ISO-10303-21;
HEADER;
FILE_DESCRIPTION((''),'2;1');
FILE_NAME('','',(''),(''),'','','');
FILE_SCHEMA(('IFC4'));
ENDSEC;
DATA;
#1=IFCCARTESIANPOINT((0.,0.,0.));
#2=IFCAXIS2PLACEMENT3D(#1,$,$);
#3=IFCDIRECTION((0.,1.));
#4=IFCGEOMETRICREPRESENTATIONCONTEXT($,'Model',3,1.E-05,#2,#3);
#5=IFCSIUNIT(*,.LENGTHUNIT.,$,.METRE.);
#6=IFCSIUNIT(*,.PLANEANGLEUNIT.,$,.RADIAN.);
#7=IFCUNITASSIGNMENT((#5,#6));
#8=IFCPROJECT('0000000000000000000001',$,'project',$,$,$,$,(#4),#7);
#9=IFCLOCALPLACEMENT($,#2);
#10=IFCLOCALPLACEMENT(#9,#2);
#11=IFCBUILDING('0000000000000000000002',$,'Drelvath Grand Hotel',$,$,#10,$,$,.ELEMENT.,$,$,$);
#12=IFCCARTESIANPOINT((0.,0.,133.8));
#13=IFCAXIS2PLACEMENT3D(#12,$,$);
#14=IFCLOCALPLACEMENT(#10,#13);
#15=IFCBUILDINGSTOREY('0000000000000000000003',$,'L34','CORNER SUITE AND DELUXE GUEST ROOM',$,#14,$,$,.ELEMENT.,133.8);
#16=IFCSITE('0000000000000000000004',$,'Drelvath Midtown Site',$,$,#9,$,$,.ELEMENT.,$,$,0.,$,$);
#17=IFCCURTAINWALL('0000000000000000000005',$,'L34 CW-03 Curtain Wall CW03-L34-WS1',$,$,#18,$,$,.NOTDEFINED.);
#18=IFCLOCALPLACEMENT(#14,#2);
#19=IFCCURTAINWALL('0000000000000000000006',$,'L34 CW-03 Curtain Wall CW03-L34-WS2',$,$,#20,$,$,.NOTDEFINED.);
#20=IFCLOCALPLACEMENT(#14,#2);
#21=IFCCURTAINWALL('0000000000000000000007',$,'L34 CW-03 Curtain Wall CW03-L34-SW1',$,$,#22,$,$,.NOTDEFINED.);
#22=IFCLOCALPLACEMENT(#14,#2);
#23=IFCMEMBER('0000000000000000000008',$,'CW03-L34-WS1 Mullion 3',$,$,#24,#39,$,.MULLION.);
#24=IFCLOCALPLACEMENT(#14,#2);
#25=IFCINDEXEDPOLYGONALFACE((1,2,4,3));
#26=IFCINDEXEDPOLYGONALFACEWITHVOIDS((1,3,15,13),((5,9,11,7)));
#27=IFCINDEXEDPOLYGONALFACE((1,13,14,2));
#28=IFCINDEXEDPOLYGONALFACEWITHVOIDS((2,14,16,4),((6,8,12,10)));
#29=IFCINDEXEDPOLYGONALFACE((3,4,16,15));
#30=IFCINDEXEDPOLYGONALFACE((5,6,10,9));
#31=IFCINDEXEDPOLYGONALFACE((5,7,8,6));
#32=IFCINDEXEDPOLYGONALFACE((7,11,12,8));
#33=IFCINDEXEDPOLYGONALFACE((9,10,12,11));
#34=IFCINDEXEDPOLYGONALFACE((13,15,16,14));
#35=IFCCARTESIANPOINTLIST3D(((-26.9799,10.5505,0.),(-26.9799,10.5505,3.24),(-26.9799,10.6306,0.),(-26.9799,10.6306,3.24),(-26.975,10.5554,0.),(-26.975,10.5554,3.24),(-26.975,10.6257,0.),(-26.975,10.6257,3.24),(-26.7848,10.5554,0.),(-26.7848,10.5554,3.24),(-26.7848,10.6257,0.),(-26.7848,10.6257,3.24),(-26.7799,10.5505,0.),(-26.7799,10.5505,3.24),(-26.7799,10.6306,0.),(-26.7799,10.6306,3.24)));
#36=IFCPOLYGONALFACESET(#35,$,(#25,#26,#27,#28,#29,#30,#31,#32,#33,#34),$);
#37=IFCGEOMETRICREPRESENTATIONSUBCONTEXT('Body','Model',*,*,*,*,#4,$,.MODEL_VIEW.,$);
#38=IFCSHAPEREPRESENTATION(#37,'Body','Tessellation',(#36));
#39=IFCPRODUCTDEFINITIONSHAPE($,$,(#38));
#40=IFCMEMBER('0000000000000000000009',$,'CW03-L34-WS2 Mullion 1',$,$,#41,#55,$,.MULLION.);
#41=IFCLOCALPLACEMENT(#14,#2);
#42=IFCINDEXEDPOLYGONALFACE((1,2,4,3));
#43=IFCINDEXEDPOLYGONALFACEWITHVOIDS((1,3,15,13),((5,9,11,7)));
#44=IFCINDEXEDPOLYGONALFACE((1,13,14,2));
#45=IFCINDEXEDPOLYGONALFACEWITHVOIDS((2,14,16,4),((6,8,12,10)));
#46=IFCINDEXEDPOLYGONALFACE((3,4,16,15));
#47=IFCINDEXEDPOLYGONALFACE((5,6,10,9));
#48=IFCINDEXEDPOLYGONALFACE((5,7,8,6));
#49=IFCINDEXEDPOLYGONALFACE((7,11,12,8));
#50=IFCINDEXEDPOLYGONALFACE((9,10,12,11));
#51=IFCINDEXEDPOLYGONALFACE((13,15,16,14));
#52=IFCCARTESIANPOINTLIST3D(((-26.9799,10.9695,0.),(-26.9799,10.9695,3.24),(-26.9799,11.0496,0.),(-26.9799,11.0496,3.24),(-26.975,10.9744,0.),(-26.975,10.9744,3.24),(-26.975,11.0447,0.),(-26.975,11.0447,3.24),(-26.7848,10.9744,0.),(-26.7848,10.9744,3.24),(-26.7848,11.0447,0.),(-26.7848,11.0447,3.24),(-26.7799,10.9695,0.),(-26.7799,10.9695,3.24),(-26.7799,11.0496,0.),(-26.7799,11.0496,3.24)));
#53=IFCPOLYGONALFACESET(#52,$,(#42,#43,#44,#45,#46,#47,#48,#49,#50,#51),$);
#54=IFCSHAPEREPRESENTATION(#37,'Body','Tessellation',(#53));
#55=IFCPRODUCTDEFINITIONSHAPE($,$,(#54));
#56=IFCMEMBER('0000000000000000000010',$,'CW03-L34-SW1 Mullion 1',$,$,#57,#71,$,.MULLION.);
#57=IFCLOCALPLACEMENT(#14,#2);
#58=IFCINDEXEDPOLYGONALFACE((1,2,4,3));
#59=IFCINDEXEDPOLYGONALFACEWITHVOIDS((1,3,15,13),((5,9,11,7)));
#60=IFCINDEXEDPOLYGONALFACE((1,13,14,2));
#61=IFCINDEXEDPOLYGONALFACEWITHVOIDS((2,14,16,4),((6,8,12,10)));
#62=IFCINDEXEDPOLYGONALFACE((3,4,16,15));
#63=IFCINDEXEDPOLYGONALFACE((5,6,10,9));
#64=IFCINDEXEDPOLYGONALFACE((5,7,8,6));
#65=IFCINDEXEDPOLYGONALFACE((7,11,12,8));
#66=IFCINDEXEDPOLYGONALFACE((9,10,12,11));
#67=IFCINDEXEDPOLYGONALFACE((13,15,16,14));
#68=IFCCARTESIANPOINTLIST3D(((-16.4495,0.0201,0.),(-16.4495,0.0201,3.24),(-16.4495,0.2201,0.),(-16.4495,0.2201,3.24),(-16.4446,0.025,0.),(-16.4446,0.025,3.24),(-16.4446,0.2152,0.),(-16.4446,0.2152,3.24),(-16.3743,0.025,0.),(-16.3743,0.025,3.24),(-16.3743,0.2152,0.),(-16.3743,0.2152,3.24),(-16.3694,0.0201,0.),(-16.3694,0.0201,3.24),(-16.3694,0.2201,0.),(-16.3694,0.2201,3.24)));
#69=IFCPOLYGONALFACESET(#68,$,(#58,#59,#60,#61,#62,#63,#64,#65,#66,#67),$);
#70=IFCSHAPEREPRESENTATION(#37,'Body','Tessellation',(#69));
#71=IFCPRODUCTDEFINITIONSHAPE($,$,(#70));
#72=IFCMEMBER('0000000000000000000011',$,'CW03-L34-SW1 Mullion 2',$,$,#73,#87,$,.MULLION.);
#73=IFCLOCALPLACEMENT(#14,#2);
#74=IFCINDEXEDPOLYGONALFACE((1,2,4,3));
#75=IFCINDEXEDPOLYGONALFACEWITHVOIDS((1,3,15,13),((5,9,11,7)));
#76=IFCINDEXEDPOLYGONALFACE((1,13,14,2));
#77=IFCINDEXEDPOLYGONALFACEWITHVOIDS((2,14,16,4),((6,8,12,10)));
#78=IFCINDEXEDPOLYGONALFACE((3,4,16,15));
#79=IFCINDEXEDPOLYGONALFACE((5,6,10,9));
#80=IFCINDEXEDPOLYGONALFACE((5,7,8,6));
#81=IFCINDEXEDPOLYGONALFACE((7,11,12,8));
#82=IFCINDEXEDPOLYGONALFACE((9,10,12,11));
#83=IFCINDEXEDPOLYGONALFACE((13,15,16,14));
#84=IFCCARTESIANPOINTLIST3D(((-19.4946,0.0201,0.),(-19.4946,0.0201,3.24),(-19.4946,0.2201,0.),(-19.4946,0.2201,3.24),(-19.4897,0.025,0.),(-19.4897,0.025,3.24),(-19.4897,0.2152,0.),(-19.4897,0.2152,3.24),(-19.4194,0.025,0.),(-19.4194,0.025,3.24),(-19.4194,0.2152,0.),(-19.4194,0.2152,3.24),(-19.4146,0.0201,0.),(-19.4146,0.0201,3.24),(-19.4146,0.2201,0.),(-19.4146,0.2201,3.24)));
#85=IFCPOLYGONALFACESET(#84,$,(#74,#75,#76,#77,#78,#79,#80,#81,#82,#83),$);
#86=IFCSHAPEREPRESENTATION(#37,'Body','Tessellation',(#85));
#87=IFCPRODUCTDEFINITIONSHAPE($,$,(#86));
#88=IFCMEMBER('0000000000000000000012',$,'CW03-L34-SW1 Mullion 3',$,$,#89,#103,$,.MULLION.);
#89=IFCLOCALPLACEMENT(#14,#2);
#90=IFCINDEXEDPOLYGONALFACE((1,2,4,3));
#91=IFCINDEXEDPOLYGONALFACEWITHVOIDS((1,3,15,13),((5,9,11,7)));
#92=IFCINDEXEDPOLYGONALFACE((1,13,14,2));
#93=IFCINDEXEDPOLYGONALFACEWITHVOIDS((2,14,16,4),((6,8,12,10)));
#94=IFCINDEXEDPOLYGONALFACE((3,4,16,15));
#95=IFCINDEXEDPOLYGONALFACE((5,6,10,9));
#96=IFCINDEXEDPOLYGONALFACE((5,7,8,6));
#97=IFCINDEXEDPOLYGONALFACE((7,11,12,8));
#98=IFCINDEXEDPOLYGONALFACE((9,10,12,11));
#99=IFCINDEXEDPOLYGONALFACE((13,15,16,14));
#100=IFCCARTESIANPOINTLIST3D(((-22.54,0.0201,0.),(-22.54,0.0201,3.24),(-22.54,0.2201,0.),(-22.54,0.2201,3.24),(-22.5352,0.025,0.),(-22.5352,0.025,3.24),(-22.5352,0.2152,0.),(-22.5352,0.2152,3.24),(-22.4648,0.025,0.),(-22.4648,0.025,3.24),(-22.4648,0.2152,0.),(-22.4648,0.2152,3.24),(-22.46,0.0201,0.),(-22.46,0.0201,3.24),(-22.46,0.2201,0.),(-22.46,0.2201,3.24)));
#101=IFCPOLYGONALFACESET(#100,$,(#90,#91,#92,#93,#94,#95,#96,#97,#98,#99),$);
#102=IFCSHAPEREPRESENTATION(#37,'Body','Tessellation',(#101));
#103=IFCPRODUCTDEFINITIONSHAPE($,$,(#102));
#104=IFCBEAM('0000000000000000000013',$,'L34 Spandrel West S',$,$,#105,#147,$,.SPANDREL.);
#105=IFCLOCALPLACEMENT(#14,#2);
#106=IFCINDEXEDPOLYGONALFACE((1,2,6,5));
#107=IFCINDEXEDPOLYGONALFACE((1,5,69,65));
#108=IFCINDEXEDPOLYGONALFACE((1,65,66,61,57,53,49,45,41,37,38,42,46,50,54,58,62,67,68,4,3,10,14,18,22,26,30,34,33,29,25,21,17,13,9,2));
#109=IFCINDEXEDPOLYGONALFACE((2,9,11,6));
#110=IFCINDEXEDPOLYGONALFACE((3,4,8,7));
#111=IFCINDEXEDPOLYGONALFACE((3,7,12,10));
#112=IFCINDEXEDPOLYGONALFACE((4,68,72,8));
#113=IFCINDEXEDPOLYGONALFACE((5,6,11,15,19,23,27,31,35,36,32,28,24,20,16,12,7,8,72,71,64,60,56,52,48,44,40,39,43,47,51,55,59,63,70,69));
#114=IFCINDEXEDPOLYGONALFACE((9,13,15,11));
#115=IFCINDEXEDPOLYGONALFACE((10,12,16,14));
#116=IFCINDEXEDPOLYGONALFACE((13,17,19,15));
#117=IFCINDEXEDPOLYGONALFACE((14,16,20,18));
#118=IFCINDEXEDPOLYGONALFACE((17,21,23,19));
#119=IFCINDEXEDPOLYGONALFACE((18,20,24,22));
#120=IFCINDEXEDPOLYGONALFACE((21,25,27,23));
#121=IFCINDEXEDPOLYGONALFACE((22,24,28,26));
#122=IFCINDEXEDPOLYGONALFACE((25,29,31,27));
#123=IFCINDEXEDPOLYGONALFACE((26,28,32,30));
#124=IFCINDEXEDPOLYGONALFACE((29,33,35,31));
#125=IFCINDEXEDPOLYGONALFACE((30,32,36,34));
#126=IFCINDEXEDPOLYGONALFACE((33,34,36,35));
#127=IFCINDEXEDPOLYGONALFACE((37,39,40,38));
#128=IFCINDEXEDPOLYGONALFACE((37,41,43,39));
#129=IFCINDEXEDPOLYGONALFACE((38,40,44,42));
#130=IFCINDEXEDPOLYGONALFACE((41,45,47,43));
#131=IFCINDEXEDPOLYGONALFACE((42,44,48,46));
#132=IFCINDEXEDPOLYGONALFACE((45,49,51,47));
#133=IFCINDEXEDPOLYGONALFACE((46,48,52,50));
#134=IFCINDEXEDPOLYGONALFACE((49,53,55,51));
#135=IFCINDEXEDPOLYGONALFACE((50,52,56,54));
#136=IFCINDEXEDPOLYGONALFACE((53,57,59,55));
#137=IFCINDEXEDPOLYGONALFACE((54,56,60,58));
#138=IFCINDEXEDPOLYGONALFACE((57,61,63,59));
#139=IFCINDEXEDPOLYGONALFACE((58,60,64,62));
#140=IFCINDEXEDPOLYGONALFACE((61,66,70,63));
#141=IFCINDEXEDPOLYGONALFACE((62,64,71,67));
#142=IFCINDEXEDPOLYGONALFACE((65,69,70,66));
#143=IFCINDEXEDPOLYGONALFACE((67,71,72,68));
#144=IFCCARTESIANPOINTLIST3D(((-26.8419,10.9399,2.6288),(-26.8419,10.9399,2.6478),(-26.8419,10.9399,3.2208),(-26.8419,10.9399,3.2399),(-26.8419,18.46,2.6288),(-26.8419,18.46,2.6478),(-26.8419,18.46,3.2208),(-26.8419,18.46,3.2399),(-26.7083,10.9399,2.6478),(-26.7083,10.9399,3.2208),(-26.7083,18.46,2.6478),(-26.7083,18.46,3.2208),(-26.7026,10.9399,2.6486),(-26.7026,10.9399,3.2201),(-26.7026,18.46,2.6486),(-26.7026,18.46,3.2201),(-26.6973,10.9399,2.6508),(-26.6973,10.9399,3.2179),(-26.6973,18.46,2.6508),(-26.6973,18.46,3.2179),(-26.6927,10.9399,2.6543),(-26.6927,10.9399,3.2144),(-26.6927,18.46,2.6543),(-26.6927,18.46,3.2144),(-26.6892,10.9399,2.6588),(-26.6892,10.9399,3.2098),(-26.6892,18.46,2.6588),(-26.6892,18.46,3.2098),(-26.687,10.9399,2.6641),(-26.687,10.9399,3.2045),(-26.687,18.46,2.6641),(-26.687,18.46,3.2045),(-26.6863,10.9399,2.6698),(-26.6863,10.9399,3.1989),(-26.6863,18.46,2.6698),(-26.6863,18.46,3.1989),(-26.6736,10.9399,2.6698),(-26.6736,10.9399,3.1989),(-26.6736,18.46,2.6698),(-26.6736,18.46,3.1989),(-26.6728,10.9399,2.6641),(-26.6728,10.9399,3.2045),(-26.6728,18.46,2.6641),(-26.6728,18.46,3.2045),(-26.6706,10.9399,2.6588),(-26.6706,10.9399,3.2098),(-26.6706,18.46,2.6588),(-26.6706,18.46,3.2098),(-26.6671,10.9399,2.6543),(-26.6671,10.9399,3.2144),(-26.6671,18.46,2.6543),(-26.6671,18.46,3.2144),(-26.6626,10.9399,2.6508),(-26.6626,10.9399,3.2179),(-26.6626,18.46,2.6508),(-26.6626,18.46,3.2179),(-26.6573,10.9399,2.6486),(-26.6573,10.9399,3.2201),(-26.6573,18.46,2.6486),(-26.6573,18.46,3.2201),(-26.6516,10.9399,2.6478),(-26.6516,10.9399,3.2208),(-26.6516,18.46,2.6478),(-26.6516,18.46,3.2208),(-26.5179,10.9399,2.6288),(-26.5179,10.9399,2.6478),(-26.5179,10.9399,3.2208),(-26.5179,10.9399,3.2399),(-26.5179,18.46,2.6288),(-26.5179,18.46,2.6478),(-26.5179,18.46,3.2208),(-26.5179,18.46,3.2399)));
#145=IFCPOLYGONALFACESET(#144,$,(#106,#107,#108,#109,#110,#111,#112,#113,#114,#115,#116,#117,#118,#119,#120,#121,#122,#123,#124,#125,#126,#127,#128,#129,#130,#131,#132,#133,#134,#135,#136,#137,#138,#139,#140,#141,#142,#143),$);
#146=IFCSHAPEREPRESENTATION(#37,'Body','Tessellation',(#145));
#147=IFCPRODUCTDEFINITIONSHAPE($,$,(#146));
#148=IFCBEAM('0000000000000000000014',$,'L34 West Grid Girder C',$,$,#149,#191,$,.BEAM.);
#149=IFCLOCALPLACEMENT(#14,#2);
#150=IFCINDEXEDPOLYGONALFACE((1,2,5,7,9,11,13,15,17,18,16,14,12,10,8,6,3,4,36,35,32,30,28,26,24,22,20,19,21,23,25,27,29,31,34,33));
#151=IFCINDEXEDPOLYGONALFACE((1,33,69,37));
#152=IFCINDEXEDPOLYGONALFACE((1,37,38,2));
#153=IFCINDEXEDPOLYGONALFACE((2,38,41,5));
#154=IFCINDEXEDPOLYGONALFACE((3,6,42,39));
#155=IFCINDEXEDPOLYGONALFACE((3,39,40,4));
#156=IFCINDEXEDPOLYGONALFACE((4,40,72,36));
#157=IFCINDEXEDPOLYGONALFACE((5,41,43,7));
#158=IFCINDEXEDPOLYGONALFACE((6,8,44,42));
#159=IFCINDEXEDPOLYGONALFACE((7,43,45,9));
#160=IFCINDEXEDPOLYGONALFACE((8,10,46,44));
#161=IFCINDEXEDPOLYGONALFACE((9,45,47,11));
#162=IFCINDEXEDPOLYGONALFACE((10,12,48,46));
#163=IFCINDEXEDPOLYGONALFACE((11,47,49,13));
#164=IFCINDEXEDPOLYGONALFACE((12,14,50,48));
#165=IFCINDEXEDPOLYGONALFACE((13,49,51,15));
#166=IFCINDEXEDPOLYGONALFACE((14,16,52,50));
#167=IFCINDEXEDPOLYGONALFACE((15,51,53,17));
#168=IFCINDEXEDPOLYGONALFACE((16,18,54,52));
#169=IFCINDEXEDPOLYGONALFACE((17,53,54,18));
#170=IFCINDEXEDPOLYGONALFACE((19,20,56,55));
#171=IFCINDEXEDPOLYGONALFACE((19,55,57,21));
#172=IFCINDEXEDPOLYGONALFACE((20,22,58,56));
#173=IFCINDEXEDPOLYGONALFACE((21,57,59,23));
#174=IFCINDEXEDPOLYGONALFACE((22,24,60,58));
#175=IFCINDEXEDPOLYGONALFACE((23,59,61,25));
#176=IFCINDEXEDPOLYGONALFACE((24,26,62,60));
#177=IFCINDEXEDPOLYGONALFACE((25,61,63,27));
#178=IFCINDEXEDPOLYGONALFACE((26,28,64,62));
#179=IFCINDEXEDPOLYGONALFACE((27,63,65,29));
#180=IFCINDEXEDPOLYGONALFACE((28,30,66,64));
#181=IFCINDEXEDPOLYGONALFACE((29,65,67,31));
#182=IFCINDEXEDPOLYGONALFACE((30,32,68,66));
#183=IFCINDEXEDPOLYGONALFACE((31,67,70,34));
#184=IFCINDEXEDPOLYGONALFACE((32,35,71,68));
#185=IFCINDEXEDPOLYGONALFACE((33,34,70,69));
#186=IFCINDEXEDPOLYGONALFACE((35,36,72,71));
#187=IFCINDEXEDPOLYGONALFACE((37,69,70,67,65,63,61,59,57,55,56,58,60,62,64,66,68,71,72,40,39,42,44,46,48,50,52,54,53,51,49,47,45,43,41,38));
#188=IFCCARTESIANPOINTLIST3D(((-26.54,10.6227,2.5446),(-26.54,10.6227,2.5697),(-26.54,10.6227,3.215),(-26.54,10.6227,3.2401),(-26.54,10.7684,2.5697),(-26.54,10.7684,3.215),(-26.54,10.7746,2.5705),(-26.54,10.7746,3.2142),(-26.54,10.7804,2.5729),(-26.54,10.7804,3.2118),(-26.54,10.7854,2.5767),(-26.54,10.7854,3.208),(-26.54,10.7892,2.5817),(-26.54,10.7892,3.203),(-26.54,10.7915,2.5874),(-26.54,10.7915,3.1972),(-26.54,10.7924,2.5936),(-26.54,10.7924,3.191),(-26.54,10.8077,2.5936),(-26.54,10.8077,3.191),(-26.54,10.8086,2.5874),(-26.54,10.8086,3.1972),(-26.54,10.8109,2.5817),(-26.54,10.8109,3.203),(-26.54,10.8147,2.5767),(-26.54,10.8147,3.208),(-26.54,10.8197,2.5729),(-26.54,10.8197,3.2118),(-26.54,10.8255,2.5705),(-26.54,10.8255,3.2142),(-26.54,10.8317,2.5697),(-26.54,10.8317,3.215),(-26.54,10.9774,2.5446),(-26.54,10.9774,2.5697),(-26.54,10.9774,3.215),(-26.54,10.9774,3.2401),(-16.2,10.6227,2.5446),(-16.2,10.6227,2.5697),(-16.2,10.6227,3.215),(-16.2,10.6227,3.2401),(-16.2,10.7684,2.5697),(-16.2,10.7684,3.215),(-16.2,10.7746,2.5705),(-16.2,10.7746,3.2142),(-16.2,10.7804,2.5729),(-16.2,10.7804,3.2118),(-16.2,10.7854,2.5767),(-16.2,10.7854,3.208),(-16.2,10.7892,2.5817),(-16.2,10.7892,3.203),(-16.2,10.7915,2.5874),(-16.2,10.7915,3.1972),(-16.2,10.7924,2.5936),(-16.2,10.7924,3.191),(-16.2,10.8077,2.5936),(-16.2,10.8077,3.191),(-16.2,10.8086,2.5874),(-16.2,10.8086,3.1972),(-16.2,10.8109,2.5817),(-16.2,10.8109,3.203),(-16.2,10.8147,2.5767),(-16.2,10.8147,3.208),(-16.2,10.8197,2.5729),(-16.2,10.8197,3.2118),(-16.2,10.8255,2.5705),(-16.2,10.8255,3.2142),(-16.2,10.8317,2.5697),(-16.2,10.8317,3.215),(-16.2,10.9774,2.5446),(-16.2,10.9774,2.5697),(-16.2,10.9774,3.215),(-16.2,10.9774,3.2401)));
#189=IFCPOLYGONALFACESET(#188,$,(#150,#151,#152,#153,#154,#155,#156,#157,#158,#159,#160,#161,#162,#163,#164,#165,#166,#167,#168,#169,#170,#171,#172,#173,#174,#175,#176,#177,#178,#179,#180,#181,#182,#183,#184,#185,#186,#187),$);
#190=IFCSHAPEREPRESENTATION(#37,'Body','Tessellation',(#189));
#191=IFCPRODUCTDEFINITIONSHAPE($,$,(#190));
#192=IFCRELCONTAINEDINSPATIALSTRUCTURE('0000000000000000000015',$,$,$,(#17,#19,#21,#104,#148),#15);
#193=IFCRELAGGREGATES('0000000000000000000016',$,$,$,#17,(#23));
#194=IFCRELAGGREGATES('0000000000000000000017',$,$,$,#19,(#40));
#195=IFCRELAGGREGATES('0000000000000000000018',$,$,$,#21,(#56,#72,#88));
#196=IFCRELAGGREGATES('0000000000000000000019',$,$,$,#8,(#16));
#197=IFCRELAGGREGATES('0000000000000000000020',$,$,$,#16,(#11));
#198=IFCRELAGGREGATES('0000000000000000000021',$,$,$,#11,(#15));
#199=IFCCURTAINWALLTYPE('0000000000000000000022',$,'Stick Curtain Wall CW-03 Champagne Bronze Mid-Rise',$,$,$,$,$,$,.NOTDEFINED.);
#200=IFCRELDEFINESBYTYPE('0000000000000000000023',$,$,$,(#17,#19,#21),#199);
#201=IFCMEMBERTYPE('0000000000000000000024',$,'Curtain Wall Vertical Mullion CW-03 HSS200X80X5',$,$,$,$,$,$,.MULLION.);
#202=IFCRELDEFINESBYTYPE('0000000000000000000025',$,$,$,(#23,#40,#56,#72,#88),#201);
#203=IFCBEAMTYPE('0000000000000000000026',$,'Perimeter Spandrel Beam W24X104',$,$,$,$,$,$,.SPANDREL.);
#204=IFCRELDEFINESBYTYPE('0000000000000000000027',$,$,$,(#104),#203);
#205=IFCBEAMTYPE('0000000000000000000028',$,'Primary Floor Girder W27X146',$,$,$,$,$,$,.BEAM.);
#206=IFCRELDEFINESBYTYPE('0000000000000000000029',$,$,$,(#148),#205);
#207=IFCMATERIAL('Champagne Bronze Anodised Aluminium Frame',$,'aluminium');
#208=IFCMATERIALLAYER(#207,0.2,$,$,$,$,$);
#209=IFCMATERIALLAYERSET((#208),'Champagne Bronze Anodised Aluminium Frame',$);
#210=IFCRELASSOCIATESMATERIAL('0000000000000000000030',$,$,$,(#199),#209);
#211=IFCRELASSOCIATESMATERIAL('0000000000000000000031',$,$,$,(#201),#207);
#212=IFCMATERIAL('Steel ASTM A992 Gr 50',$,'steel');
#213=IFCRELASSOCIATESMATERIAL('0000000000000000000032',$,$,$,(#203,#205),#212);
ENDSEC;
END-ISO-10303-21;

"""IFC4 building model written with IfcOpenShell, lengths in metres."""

from ifc_helpers import new_model, si_unit, direction, frame, origin, origin_2d, place, context, subcontext, project, spatial, hollow_rectangle, i_section, extrude, material, layer, layer_set, material_profile, profile_set, type_object, element, aggregate, save


model = new_model("IFC4")

# Units and contexts
model_context = context("Model", 3, precision=1e-05, world=origin(), true_north=direction((0.0, 1.0)))
body_context = subcontext(model_context, "Body", "Model", "MODEL_VIEW")
ifc_project = project(units=[si_unit("LENGTHUNIT", "METRE"), si_unit("PLANEANGLEUNIT", "RADIAN")], contexts=[model_context])

# Site, building, storey
site_placement = place(None, origin())
site = spatial("IfcSite", under=ifc_project, at=site_placement, Name="Drelvath Midtown Site", CompositionType="ELEMENT", RefElevation=0.0)
building_placement = place(site_placement, origin())
building = spatial("IfcBuilding", under=site, at=building_placement, Name="Drelvath Grand Hotel", CompositionType="ELEMENT")
storey_placement = place(building_placement, frame((0.0, 0.0, 133.8)))
storey = spatial("IfcBuildingStorey", under=building, at=storey_placement, Name="L34", Description="CORNER SUITE AND DELUXE GUEST ROOM", CompositionType="ELEMENT", Elevation=133.8)

# Curtain walls
ifc_material_1 = material(Name="Champagne Bronze Anodised Aluminium Frame", Category="aluminium")
ifc_layer_1 = layer(ifc_material_1, 0.2)
ifc_layer_set_1 = layer_set([ifc_layer_1], Name="Champagne Bronze Anodised Aluminium Frame")
curtain_wall_type = type_object("IfcCurtainWallType", Name="Stick Curtain Wall CW-03 Champagne Bronze Mid-Rise", PredefinedType="NOTDEFINED", material=ifc_layer_set_1)
curtain_wall_1_placement = place(storey_placement, origin())
curtain_wall_1 = element("IfcCurtainWall", 1, at=curtain_wall_1_placement, inside=storey, type_object=curtain_wall_type, Name="L34 CW-03 Curtain Wall CW03-L34-WS1", PredefinedType="NOTDEFINED")
curtain_wall_2_placement = place(storey_placement, origin())
curtain_wall_2 = element("IfcCurtainWall", 2, at=curtain_wall_2_placement, inside=storey, type_object=curtain_wall_type, Name="L34 CW-03 Curtain Wall CW03-L34-WS2", PredefinedType="NOTDEFINED")
curtain_wall_3_placement = place(storey_placement, origin())
curtain_wall_3 = element("IfcCurtainWall", 3, at=curtain_wall_3_placement, inside=storey, type_object=curtain_wall_type, Name="L34 CW-03 Curtain Wall CW03-L34-SW1", PredefinedType="NOTDEFINED")

# Members
ifc_material_profile_1 = material_profile(ifc_material_1, hollow_rectangle(XDim=0.0801, YDim=0.2, WallThickness=0.0049, at=origin_2d()), Name="HSS200X80X5")
ifc_profile_set_1 = profile_set([ifc_material_profile_1], Name="Champagne Bronze Anodised Aluminium Frame")
member_type_1 = type_object("IfcMemberType", Name="Curtain Wall Vertical Mullion CW-03 HSS200X80X5", PredefinedType="MULLION", material=ifc_profile_set_1)
member_1_placement = place(storey_placement, frame((-26.8799, 10.5906, 0.0), z_axis=(0.0, 0.0, 1.0), x_axis=(0.0, 1.0, 0.0)))
member_1 = element("IfcMember", 4, at=member_1_placement, type_object=member_type_1, Name="CW03-L34-WS1 Mullion 3", PredefinedType="MULLION", context=body_context, shape_type="SweptSolid", body=[
    extrude(hollow_rectangle(XDim=0.0801, YDim=0.2, WallThickness=0.0049, at=origin_2d()), origin(), (0.0, 0.0, 1.0), 3.24),
])
member_2_placement = place(storey_placement, frame((-26.8799, 11.0095, 0.0), z_axis=(0.0, 0.0, 1.0), x_axis=(0.0, 1.0, 0.0)))
member_2 = element("IfcMember", 5, at=member_2_placement, type_object=member_type_1, Name="CW03-L34-WS2 Mullion 1", PredefinedType="MULLION", context=body_context, shape_type="SweptSolid", body=[
    extrude(hollow_rectangle(XDim=0.0801, YDim=0.2, WallThickness=0.0049, at=origin_2d()), origin(), (0.0, 0.0, 1.0), 3.24),
])
member_3_placement = place(storey_placement, frame((-16.4094, 0.1201, 0.0), z_axis=(0.0, 0.0, 1.0), x_axis=(1.0, 0.0, 0.0)))
member_3 = element("IfcMember", 6, at=member_3_placement, type_object=member_type_1, Name="CW03-L34-SW1 Mullion 1", PredefinedType="MULLION", context=body_context, shape_type="SweptSolid", body=[
    extrude(hollow_rectangle(XDim=0.0801, YDim=0.2, WallThickness=0.0049, at=origin_2d()), origin(), (0.0, 0.0, 1.0), 3.24),
])
member_4_placement = place(storey_placement, frame((-19.4546, 0.1201, 0.0), z_axis=(0.0, 0.0, 1.0), x_axis=(1.0, 0.0, 0.0)))
member_4 = element("IfcMember", 7, at=member_4_placement, type_object=member_type_1, Name="CW03-L34-SW1 Mullion 2", PredefinedType="MULLION", context=body_context, shape_type="SweptSolid", body=[
    extrude(hollow_rectangle(XDim=0.0801, YDim=0.2, WallThickness=0.0049, at=origin_2d()), origin(), (0.0, 0.0, 1.0), 3.24),
])
member_5_placement = place(storey_placement, frame((-22.5, 0.1201, 0.0), z_axis=(0.0, 0.0, 1.0), x_axis=(1.0, 0.0, 0.0)))
member_5 = element("IfcMember", 8, at=member_5_placement, type_object=member_type_1, Name="CW03-L34-SW1 Mullion 3", PredefinedType="MULLION", context=body_context, shape_type="SweptSolid", body=[
    extrude(hollow_rectangle(XDim=0.0801, YDim=0.2, WallThickness=0.0049, at=origin_2d()), origin(), (0.0, 0.0, 1.0), 3.24),
])

# Beams
ifc_material_2 = material(Name="Steel ASTM A992 Gr 50", Category="steel")
ifc_material_profile_2 = material_profile(ifc_material_2, i_section(OverallWidth=0.324, OverallDepth=0.6111, WebThickness=0.0127, FlangeThickness=0.019, FilletRadius=0.022, at=origin_2d()), Name="W24X104")
ifc_profile_set_2 = profile_set([ifc_material_profile_2], Name="Steel ASTM A992 Gr 50")
beam_type_1 = type_object("IfcBeamType", Name="Perimeter Spandrel Beam W24X104", PredefinedType="SPANDREL", material=ifc_profile_set_2)
beam_placement = place(storey_placement, frame((-26.6799, 10.9399, 2.9343), z_axis=(0.0, 1.0, 0.0), x_axis=(-1.0, 0.0, 0.0)))
element("IfcBeam", 9, at=beam_placement, inside=storey, type_object=beam_type_1, Name="L34 Spandrel West S", PredefinedType="SPANDREL", context=body_context, shape_type="SweptSolid", body=[
    extrude(i_section(OverallWidth=0.324, OverallDepth=0.6111, WebThickness=0.0127, FlangeThickness=0.019, FilletRadius=0.022, at=origin_2d()), origin(), (0.0, 0.0, 1.0), 7.52),
])
ifc_material_profile_3 = material_profile(ifc_material_2, i_section(OverallWidth=0.3547, OverallDepth=0.6956, WebThickness=0.0154, FlangeThickness=0.0251, FilletRadius=0.0239, at=origin_2d()), Name="W27X146")
ifc_profile_set_3 = profile_set([ifc_material_profile_3], Name="Steel ASTM A992 Gr 50")
beam_type_2 = type_object("IfcBeamType", Name="Primary Floor Girder W27X146", PredefinedType="BEAM", material=ifc_profile_set_3)
for number, where, z_axis, x_axis, name in (
    (10, (-26.54, 10.8, 2.8923), (1.0, 0.0, 0.0), (0.0, 1.0, 0.0), "L34 West Grid Girder C"),
):
    element("IfcBeam", number, at=place(storey_placement, frame(where, z_axis=z_axis, x_axis=x_axis)), inside=storey, type_object=beam_type_2, Name=name, PredefinedType="BEAM", context=body_context, shape_type="SweptSolid", body=[
        extrude(i_section(OverallWidth=0.3547, OverallDepth=0.6956, WebThickness=0.0154, FlangeThickness=0.0251, FilletRadius=0.0239, at=origin_2d()), origin(), (0.0, 0.0, 1.0), 10.3401),
    ])

aggregate(curtain_wall_1, [member_1])
aggregate(curtain_wall_2, [member_2])
aggregate(curtain_wall_3, [member_3, member_4, member_5])

save(model, "model.ifc")
